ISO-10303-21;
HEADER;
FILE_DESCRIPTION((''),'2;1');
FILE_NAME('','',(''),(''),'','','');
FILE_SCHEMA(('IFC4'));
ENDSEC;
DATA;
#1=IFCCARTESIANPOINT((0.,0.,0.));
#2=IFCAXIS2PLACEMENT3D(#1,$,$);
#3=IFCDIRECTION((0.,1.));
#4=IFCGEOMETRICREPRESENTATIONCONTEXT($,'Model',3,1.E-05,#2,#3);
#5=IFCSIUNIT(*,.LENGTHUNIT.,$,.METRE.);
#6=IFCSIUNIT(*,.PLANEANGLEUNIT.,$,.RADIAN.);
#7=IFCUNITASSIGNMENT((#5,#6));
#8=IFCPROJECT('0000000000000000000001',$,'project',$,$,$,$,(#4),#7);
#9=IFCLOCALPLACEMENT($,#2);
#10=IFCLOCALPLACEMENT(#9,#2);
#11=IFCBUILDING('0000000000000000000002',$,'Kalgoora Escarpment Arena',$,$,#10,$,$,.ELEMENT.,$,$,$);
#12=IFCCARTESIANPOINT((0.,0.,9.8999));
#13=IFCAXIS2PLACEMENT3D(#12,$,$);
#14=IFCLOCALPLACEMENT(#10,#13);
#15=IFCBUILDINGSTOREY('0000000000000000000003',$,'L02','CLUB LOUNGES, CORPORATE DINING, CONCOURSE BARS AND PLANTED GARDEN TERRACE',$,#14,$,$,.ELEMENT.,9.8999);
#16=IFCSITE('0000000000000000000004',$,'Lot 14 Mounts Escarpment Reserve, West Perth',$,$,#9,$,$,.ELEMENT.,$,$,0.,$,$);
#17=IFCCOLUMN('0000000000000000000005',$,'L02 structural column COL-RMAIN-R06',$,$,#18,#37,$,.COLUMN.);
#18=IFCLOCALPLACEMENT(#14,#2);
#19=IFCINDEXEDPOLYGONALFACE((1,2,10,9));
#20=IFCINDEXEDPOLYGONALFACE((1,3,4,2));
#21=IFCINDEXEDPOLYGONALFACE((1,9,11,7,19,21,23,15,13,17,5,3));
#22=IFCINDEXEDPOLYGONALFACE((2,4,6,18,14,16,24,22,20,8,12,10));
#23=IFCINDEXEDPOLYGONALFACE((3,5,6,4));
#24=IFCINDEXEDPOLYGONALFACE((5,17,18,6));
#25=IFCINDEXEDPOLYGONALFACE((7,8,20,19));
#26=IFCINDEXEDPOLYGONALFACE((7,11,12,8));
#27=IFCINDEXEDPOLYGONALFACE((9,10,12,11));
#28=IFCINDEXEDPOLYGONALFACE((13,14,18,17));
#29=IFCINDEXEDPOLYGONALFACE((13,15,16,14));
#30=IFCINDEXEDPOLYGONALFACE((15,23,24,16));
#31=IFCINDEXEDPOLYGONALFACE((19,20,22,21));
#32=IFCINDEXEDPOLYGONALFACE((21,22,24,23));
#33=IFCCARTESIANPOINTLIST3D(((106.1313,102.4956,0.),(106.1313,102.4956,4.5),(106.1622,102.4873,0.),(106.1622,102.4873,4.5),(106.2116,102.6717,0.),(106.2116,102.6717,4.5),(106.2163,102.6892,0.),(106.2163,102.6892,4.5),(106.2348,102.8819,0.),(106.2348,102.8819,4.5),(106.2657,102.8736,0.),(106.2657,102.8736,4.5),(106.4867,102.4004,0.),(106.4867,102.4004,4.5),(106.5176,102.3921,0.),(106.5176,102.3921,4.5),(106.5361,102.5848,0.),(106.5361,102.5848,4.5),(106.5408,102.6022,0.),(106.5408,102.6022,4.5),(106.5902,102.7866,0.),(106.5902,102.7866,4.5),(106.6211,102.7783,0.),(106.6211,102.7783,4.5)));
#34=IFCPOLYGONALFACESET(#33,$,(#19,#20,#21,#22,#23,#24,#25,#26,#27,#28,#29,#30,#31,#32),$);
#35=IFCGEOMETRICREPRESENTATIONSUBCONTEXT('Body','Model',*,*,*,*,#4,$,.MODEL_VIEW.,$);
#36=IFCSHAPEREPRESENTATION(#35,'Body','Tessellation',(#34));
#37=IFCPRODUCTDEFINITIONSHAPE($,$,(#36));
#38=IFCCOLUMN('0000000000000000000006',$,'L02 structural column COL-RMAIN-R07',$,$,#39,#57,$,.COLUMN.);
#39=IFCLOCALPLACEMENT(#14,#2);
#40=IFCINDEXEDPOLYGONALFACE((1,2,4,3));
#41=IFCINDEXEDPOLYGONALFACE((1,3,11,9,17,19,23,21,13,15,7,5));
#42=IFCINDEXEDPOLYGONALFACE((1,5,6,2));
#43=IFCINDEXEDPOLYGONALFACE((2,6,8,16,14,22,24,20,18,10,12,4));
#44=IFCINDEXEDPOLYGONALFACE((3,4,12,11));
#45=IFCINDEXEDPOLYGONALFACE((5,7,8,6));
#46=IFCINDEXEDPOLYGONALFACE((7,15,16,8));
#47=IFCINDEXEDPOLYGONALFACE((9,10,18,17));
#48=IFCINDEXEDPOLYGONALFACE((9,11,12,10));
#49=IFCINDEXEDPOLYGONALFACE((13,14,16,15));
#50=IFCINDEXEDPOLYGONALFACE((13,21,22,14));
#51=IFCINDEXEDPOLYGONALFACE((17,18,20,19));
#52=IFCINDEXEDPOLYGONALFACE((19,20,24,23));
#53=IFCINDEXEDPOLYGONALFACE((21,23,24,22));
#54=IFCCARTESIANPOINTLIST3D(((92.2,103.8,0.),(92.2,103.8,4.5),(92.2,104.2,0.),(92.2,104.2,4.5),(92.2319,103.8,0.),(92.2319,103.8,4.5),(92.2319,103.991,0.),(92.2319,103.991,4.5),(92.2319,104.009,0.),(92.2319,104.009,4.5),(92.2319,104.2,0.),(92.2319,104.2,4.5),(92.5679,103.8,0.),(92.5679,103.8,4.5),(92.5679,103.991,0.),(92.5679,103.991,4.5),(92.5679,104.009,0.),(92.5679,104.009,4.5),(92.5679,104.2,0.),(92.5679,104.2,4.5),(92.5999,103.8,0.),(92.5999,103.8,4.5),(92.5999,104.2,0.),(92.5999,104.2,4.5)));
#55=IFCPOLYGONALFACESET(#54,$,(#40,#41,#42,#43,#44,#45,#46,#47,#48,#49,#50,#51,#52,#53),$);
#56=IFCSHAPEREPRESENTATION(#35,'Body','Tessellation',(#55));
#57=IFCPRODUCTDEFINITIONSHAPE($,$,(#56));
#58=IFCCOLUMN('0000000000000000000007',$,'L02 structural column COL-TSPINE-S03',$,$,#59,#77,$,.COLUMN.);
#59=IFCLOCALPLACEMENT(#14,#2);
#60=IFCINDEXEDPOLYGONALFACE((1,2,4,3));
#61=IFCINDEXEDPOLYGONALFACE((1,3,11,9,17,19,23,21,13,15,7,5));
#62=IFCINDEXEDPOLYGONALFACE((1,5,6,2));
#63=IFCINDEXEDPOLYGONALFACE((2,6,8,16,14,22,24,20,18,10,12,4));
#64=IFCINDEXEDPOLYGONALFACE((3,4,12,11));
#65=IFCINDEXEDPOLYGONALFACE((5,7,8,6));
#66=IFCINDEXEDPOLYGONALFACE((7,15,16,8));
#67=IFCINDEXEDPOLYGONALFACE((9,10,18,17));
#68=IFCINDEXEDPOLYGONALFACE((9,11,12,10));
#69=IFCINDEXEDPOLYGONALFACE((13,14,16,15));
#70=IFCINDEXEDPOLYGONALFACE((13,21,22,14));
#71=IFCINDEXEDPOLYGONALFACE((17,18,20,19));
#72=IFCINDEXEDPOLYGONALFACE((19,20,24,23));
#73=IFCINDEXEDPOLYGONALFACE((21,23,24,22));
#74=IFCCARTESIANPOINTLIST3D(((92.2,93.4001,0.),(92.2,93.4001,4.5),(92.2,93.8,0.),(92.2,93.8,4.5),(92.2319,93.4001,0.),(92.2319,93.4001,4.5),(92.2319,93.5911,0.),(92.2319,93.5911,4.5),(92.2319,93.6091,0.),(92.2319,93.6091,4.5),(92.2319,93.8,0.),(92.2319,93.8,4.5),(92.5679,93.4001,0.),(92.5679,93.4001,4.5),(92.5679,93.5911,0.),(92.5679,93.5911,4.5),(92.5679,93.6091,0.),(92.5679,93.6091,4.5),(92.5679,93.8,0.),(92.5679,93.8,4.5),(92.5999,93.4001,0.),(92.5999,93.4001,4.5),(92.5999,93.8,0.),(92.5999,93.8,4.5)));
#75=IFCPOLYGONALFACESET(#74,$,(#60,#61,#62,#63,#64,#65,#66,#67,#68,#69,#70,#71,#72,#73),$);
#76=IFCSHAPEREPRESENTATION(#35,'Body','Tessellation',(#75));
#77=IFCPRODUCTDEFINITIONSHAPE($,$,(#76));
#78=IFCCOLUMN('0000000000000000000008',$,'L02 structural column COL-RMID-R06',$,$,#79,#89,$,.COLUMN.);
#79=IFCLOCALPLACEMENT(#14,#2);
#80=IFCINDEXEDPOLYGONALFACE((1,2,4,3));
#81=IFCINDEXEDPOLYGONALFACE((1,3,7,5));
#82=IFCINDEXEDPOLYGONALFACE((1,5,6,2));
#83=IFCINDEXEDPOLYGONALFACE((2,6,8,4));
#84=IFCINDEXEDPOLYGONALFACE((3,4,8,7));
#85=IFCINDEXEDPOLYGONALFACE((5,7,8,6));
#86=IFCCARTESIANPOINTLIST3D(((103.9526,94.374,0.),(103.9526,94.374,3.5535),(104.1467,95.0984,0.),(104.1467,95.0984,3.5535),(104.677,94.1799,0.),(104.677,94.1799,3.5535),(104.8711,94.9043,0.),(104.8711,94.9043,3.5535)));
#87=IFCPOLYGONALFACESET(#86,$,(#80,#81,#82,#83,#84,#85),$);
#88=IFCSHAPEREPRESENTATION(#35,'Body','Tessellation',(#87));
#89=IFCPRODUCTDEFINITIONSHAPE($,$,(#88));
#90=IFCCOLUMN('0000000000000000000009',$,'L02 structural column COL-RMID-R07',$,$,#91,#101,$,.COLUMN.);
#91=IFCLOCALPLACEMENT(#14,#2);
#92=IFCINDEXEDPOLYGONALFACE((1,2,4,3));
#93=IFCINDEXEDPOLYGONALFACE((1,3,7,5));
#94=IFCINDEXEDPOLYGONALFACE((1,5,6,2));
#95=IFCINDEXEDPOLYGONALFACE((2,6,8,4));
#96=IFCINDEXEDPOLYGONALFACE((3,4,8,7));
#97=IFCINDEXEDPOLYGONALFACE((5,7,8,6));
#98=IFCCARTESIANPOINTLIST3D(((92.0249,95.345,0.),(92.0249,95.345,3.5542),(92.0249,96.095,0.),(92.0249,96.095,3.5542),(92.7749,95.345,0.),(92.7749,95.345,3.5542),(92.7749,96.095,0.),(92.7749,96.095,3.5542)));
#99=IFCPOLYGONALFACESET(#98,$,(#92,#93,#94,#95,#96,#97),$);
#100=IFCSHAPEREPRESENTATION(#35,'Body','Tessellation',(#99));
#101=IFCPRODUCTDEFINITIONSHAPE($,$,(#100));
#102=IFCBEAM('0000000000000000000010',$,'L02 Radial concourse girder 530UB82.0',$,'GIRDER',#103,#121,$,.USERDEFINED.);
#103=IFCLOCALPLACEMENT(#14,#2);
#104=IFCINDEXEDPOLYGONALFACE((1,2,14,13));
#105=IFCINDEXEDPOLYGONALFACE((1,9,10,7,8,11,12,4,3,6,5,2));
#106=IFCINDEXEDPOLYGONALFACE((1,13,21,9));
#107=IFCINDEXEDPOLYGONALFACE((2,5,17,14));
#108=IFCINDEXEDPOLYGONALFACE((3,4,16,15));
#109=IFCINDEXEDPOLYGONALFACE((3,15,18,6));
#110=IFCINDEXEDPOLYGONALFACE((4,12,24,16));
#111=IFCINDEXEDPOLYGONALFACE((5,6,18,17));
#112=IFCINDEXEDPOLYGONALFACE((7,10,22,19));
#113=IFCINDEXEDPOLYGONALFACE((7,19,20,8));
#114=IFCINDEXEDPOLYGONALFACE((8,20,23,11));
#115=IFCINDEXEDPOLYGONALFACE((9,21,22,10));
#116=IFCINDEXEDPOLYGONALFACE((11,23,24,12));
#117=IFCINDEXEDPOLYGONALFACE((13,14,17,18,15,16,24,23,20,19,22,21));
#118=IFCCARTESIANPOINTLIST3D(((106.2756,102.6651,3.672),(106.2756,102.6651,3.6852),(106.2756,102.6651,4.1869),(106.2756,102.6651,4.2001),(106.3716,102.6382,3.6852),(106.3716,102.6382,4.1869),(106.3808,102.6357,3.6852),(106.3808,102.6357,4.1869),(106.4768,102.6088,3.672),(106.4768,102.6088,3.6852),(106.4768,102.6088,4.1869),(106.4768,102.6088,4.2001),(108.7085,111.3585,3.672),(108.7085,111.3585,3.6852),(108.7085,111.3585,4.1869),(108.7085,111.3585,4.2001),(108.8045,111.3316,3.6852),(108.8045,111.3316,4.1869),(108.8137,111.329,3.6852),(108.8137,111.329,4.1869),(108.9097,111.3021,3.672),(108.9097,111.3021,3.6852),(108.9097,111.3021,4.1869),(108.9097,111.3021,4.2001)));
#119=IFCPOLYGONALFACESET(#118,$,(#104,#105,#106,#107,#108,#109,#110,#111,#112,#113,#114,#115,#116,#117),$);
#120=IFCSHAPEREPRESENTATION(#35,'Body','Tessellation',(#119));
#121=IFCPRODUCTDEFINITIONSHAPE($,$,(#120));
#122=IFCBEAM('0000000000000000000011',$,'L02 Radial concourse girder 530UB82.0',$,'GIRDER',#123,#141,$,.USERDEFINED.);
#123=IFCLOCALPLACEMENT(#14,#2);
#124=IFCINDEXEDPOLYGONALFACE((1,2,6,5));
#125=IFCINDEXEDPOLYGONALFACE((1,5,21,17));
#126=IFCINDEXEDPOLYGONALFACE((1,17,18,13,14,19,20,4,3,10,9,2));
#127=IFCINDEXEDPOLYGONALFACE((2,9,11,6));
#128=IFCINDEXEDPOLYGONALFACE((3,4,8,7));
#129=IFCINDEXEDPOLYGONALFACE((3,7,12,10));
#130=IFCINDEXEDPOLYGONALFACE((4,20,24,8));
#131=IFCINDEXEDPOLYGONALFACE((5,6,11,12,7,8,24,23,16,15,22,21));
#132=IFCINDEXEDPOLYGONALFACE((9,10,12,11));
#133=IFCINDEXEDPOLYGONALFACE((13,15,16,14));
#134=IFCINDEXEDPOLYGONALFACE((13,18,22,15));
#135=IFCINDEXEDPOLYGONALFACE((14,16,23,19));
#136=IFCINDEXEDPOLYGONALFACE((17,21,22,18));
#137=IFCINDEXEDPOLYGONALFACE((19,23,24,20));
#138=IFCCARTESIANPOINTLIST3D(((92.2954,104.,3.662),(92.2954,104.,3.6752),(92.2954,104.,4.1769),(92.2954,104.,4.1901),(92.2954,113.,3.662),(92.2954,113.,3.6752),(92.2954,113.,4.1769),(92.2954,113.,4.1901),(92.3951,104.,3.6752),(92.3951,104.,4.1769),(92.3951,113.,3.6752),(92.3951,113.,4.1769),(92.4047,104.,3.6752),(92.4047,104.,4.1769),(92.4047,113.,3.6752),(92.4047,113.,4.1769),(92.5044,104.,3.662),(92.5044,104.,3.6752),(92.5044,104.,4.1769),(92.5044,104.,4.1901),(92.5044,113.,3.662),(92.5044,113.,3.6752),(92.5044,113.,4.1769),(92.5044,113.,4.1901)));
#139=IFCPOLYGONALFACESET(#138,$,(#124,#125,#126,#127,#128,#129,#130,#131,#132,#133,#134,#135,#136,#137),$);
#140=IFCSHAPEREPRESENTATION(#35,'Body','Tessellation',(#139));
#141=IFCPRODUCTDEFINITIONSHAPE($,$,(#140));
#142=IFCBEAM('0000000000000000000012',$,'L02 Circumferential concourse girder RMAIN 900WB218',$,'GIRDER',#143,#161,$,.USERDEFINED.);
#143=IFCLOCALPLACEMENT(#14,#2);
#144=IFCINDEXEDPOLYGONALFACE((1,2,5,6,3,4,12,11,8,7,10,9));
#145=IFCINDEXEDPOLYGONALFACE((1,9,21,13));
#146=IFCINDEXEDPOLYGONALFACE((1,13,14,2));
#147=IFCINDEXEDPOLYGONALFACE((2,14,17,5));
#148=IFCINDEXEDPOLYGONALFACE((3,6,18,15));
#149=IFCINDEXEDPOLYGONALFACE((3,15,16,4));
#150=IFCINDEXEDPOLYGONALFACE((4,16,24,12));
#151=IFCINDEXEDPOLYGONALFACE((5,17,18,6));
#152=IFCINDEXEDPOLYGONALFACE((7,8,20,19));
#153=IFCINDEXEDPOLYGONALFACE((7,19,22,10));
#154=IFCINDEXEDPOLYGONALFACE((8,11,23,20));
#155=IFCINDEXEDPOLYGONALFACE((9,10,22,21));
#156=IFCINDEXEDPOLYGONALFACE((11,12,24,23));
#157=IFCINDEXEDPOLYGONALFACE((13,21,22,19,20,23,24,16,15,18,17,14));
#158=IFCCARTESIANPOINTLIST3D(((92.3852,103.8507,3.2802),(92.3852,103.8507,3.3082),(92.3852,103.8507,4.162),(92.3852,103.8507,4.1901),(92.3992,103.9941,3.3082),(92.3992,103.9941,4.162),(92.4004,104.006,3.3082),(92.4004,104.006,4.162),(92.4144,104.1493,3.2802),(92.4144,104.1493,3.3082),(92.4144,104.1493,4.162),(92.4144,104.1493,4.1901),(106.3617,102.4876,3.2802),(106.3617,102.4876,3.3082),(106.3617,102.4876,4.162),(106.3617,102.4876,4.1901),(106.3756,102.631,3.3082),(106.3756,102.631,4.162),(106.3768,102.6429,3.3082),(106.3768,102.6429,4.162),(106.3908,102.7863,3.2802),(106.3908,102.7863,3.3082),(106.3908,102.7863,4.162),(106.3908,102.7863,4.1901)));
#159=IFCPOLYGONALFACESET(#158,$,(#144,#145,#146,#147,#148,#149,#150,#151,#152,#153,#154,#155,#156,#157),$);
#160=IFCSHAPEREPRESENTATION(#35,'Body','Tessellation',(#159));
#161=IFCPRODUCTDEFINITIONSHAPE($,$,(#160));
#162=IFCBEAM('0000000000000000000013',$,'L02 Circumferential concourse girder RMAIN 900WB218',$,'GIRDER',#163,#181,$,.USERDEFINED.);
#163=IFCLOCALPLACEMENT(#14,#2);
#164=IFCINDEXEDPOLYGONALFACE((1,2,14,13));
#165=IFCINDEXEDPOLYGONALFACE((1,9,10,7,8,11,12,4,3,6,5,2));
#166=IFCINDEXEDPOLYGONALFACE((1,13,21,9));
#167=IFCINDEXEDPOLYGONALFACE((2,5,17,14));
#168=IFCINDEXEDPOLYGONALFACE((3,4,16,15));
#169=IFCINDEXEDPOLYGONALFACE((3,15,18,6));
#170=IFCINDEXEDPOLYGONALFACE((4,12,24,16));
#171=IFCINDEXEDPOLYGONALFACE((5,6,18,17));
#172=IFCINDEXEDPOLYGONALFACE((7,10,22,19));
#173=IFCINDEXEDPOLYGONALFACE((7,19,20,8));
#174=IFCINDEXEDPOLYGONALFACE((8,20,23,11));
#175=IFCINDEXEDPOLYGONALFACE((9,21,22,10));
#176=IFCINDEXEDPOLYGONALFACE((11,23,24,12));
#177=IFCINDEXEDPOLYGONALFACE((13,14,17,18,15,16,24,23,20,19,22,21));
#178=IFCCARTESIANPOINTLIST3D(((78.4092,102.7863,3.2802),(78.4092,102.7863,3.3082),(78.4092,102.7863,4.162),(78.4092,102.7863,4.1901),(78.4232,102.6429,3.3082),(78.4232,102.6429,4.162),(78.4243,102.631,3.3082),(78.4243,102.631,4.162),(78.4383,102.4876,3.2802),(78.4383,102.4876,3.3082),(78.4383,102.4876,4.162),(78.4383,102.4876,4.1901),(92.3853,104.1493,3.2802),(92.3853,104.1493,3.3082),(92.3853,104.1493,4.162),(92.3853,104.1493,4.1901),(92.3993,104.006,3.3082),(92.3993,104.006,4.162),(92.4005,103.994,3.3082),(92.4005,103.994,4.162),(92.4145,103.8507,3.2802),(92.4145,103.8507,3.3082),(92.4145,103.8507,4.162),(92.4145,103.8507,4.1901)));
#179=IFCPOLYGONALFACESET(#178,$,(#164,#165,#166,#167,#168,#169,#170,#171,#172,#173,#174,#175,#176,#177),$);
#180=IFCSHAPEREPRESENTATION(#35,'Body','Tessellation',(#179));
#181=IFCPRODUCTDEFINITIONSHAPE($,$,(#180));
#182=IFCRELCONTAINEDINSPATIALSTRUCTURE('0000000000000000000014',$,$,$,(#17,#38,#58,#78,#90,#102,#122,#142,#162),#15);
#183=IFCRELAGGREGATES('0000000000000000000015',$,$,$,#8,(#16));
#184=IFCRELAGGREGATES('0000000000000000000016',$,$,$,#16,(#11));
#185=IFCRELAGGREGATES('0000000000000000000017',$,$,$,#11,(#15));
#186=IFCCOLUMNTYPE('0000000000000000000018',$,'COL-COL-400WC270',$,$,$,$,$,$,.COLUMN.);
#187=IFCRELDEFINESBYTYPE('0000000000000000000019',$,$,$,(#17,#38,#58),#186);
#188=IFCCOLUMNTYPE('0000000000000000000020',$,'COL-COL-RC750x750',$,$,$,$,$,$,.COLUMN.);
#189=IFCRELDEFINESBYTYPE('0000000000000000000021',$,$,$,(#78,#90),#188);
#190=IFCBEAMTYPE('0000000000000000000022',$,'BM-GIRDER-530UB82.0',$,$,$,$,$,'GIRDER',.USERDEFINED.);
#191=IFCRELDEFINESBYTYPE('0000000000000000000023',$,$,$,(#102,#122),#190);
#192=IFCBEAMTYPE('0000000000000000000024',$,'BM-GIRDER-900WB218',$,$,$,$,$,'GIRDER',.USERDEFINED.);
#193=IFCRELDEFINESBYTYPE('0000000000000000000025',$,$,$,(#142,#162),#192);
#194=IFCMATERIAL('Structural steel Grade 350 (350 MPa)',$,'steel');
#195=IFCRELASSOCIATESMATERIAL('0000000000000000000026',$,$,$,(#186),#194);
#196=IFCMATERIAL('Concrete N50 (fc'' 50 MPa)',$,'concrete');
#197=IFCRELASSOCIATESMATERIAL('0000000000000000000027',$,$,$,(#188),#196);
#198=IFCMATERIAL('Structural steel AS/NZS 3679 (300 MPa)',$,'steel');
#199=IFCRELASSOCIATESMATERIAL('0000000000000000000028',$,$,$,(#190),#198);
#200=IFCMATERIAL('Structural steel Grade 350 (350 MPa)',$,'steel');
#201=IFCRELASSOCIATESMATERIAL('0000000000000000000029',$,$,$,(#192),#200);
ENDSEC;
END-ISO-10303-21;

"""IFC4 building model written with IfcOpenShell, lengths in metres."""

from ifc_helpers import new_model, si_unit, direction, frame, origin, origin_2d, place, context, subcontext, project, spatial, rectangle, i_section, extrude, material, material_profile, profile_set, type_object, element, save


model = new_model("IFC4")

# Units and contexts
model_context = context("Model", 3, precision=1e-05, world=origin(), true_north=direction((0.0, 1.0)))
body_context = subcontext(model_context, "Body", "Model", "MODEL_VIEW")
ifc_project = project(units=[si_unit("LENGTHUNIT", "METRE"), si_unit("PLANEANGLEUNIT", "RADIAN")], contexts=[model_context])

# Site, building, storey
site_placement = place(None, origin())
site = spatial("IfcSite", under=ifc_project, at=site_placement, Name="Lot 14 Mounts Escarpment Reserve, West Perth", CompositionType="ELEMENT", RefElevation=0.0)
building_placement = place(site_placement, origin())
building = spatial("IfcBuilding", under=site, at=building_placement, Name="Kalgoora Escarpment Arena", CompositionType="ELEMENT")
storey_placement = place(building_placement, frame((0.0, 0.0, 9.8999)))
storey = spatial("IfcBuildingStorey", under=building, at=storey_placement, Name="L02", Description="CLUB LOUNGES, CORPORATE DINING, CONCOURSE BARS AND PLANTED GARDEN TERRACE", CompositionType="ELEMENT", Elevation=9.8999)

# Columns
ifc_material_1 = material(Name="Structural steel Grade 350 (350 MPa)", Category="steel")
ifc_material_profile_1 = material_profile(ifc_material_1, i_section(OverallWidth=0.3999, OverallDepth=0.3999, WebThickness=0.0181, FlangeThickness=0.032, at=origin_2d()))
ifc_profile_set_1 = profile_set([ifc_material_profile_1], Name="Structural steel Grade 350 (350 MPa)")
column_type_1 = type_object("IfcColumnType", Name="COL-COL-400WC270", PredefinedType="COLUMN", material=ifc_profile_set_1)
for number, where, z_axis, x_axis, name in (
    (1, (106.3762, 102.637, 0.0), (0.0, 0.0, 1.0), (0.258819, 0.965926, 0.0), "L02 structural column COL-RMAIN-R06"),
    (2, (92.3999, 104.0, 0.0), (0.0, 0.0, 1.0), (0.0, 1.0, 0.0), "L02 structural column COL-RMAIN-R07"),
    (3, (92.3999, 93.6001, 0.0), (0.0, 0.0, 1.0), (0.0, 1.0, 0.0), "L02 structural column COL-TSPINE-S03"),
):
    element("IfcColumn", number, at=place(storey_placement, frame(where, z_axis=z_axis, x_axis=x_axis)), inside=storey, type_object=column_type_1, Name=name, PredefinedType="COLUMN", context=body_context, shape_type="SweptSolid", body=[
        extrude(i_section(OverallWidth=0.3999, OverallDepth=0.3999, WebThickness=0.0181, FlangeThickness=0.032, at=origin_2d()), origin(), (0.0, 0.0, 1.0), 4.5),
    ])
ifc_material_2 = material(Name="Concrete N50 (fc' 50 MPa)", Category="concrete")
ifc_material_profile_2 = material_profile(ifc_material_2, rectangle(XDim=0.75, YDim=0.75, at=origin_2d()))
ifc_profile_set_2 = profile_set([ifc_material_profile_2], Name="Concrete N50 (fc' 50 MPa)")
column_type_2 = type_object("IfcColumnType", Name="COL-COL-RC750x750", PredefinedType="COLUMN", material=ifc_profile_set_2)
column_1_placement = place(storey_placement, frame((104.4119, 94.6392, 0.0), z_axis=(0.0, 0.0, 1.0), x_axis=(0.258819, 0.965926, 0.0)))
element("IfcColumn", 4, at=column_1_placement, inside=storey, type_object=column_type_2, Name="L02 structural column COL-RMID-R06", PredefinedType="COLUMN", context=body_context, shape_type="SweptSolid", body=[
    extrude(rectangle(XDim=0.75, YDim=0.75, at=origin_2d()), origin(), (0.0, 0.0, 1.0), 3.5535),
])
column_2_placement = place(storey_placement, frame((92.3999, 95.72, 0.0), z_axis=(0.0, 0.0, 1.0), x_axis=(0.0, 1.0, 0.0)))
element("IfcColumn", 5, at=column_2_placement, inside=storey, type_object=column_type_2, Name="L02 structural column COL-RMID-R07", PredefinedType="COLUMN", context=body_context, shape_type="SweptSolid", body=[
    extrude(rectangle(XDim=0.75, YDim=0.75, at=origin_2d()), origin(), (0.0, 0.0, 1.0), 3.5542),
])

# Beams
ifc_material_3 = material(Name="Structural steel AS/NZS 3679 (300 MPa)", Category="steel")
ifc_material_profile_3 = material_profile(ifc_material_3, i_section(OverallWidth=0.209, OverallDepth=0.5281, WebThickness=0.0095, FlangeThickness=0.0132, at=origin_2d()))
ifc_profile_set_3 = profile_set([ifc_material_profile_3], Name="Structural steel AS/NZS 3679 (300 MPa)")
beam_type_1 = type_object("IfcBeamType", Name="BM-GIRDER-530UB82.0", ElementType="GIRDER", PredefinedType="USERDEFINED", material=ifc_profile_set_3)
beam_1_placement = place(storey_placement, frame((106.3762, 102.637, 3.936), z_axis=(0.269499, 0.963001, 0.0), x_axis=(-0.963001, 0.269499, 0.0)))
element("IfcBeam", 6, at=beam_1_placement, inside=storey, type_object=beam_type_1, Name="L02 Radial concourse girder 530UB82.0", ObjectType="GIRDER", PredefinedType="USERDEFINED", context=body_context, shape_type="SweptSolid", body=[
    extrude(i_section(OverallWidth=0.209, OverallDepth=0.5281, WebThickness=0.0095, FlangeThickness=0.0132, at=origin_2d()), origin(), (0.0, 0.0, 1.0), 9.0273),
])
beam_2_placement = place(storey_placement, frame((92.3999, 104.0, 3.926), z_axis=(0.0, 1.0, 0.0), x_axis=(-1.0, 0.0, 0.0)))
element("IfcBeam", 7, at=beam_2_placement, inside=storey, type_object=beam_type_1, Name="L02 Radial concourse girder 530UB82.0", ObjectType="GIRDER", PredefinedType="USERDEFINED", context=body_context, shape_type="SweptSolid", body=[
    extrude(i_section(OverallWidth=0.209, OverallDepth=0.5281, WebThickness=0.0095, FlangeThickness=0.0132, at=origin_2d()), origin(), (0.0, 0.0, 1.0), 9.0),
])
ifc_material_4 = material(Name="Structural steel Grade 350 (350 MPa)", Category="steel")
ifc_material_profile_4 = material_profile(ifc_material_4, i_section(OverallWidth=0.3, OverallDepth=0.9099, WebThickness=0.012, FlangeThickness=0.0281, at=origin_2d()))
ifc_profile_set_4 = profile_set([ifc_material_profile_4], Name="Structural steel Grade 350 (350 MPa)")
beam_type_2 = type_object("IfcBeamType", Name="BM-GIRDER-900WB218", ElementType="GIRDER", PredefinedType="USERDEFINED", material=ifc_profile_set_4)
beam_3_placement = place(storey_placement, frame((106.3762, 102.637, 3.7351), z_axis=(-0.995278, 0.097064, 0.0), x_axis=(-0.097064, -0.995278, 0.0)))
element("IfcBeam", 8, at=beam_3_placement, inside=storey, type_object=beam_type_2, Name="L02 Circumferential concourse girder RMAIN 900WB218", ObjectType="GIRDER", PredefinedType="USERDEFINED", context=body_context, shape_type="SweptSolid", body=[
    extrude(i_section(OverallWidth=0.3, OverallDepth=0.9099, WebThickness=0.012, FlangeThickness=0.0281, at=origin_2d()), origin(), (0.0, 0.0, 1.0), 14.0427),
])
beam_4_placement = place(storey_placement, frame((92.3999, 104.0, 3.7351), z_axis=(-0.995278, -0.097066, 0.0), x_axis=(0.097066, -0.995278, 0.0)))
element("IfcBeam", 9, at=beam_4_placement, inside=storey, type_object=beam_type_2, Name="L02 Circumferential concourse girder RMAIN 900WB218", ObjectType="GIRDER", PredefinedType="USERDEFINED", context=body_context, shape_type="SweptSolid", body=[
    extrude(i_section(OverallWidth=0.3, OverallDepth=0.9099, WebThickness=0.012, FlangeThickness=0.0281, at=origin_2d()), origin(), (0.0, 0.0, 1.0), 14.0425),
])

save(model, "model.ifc")
